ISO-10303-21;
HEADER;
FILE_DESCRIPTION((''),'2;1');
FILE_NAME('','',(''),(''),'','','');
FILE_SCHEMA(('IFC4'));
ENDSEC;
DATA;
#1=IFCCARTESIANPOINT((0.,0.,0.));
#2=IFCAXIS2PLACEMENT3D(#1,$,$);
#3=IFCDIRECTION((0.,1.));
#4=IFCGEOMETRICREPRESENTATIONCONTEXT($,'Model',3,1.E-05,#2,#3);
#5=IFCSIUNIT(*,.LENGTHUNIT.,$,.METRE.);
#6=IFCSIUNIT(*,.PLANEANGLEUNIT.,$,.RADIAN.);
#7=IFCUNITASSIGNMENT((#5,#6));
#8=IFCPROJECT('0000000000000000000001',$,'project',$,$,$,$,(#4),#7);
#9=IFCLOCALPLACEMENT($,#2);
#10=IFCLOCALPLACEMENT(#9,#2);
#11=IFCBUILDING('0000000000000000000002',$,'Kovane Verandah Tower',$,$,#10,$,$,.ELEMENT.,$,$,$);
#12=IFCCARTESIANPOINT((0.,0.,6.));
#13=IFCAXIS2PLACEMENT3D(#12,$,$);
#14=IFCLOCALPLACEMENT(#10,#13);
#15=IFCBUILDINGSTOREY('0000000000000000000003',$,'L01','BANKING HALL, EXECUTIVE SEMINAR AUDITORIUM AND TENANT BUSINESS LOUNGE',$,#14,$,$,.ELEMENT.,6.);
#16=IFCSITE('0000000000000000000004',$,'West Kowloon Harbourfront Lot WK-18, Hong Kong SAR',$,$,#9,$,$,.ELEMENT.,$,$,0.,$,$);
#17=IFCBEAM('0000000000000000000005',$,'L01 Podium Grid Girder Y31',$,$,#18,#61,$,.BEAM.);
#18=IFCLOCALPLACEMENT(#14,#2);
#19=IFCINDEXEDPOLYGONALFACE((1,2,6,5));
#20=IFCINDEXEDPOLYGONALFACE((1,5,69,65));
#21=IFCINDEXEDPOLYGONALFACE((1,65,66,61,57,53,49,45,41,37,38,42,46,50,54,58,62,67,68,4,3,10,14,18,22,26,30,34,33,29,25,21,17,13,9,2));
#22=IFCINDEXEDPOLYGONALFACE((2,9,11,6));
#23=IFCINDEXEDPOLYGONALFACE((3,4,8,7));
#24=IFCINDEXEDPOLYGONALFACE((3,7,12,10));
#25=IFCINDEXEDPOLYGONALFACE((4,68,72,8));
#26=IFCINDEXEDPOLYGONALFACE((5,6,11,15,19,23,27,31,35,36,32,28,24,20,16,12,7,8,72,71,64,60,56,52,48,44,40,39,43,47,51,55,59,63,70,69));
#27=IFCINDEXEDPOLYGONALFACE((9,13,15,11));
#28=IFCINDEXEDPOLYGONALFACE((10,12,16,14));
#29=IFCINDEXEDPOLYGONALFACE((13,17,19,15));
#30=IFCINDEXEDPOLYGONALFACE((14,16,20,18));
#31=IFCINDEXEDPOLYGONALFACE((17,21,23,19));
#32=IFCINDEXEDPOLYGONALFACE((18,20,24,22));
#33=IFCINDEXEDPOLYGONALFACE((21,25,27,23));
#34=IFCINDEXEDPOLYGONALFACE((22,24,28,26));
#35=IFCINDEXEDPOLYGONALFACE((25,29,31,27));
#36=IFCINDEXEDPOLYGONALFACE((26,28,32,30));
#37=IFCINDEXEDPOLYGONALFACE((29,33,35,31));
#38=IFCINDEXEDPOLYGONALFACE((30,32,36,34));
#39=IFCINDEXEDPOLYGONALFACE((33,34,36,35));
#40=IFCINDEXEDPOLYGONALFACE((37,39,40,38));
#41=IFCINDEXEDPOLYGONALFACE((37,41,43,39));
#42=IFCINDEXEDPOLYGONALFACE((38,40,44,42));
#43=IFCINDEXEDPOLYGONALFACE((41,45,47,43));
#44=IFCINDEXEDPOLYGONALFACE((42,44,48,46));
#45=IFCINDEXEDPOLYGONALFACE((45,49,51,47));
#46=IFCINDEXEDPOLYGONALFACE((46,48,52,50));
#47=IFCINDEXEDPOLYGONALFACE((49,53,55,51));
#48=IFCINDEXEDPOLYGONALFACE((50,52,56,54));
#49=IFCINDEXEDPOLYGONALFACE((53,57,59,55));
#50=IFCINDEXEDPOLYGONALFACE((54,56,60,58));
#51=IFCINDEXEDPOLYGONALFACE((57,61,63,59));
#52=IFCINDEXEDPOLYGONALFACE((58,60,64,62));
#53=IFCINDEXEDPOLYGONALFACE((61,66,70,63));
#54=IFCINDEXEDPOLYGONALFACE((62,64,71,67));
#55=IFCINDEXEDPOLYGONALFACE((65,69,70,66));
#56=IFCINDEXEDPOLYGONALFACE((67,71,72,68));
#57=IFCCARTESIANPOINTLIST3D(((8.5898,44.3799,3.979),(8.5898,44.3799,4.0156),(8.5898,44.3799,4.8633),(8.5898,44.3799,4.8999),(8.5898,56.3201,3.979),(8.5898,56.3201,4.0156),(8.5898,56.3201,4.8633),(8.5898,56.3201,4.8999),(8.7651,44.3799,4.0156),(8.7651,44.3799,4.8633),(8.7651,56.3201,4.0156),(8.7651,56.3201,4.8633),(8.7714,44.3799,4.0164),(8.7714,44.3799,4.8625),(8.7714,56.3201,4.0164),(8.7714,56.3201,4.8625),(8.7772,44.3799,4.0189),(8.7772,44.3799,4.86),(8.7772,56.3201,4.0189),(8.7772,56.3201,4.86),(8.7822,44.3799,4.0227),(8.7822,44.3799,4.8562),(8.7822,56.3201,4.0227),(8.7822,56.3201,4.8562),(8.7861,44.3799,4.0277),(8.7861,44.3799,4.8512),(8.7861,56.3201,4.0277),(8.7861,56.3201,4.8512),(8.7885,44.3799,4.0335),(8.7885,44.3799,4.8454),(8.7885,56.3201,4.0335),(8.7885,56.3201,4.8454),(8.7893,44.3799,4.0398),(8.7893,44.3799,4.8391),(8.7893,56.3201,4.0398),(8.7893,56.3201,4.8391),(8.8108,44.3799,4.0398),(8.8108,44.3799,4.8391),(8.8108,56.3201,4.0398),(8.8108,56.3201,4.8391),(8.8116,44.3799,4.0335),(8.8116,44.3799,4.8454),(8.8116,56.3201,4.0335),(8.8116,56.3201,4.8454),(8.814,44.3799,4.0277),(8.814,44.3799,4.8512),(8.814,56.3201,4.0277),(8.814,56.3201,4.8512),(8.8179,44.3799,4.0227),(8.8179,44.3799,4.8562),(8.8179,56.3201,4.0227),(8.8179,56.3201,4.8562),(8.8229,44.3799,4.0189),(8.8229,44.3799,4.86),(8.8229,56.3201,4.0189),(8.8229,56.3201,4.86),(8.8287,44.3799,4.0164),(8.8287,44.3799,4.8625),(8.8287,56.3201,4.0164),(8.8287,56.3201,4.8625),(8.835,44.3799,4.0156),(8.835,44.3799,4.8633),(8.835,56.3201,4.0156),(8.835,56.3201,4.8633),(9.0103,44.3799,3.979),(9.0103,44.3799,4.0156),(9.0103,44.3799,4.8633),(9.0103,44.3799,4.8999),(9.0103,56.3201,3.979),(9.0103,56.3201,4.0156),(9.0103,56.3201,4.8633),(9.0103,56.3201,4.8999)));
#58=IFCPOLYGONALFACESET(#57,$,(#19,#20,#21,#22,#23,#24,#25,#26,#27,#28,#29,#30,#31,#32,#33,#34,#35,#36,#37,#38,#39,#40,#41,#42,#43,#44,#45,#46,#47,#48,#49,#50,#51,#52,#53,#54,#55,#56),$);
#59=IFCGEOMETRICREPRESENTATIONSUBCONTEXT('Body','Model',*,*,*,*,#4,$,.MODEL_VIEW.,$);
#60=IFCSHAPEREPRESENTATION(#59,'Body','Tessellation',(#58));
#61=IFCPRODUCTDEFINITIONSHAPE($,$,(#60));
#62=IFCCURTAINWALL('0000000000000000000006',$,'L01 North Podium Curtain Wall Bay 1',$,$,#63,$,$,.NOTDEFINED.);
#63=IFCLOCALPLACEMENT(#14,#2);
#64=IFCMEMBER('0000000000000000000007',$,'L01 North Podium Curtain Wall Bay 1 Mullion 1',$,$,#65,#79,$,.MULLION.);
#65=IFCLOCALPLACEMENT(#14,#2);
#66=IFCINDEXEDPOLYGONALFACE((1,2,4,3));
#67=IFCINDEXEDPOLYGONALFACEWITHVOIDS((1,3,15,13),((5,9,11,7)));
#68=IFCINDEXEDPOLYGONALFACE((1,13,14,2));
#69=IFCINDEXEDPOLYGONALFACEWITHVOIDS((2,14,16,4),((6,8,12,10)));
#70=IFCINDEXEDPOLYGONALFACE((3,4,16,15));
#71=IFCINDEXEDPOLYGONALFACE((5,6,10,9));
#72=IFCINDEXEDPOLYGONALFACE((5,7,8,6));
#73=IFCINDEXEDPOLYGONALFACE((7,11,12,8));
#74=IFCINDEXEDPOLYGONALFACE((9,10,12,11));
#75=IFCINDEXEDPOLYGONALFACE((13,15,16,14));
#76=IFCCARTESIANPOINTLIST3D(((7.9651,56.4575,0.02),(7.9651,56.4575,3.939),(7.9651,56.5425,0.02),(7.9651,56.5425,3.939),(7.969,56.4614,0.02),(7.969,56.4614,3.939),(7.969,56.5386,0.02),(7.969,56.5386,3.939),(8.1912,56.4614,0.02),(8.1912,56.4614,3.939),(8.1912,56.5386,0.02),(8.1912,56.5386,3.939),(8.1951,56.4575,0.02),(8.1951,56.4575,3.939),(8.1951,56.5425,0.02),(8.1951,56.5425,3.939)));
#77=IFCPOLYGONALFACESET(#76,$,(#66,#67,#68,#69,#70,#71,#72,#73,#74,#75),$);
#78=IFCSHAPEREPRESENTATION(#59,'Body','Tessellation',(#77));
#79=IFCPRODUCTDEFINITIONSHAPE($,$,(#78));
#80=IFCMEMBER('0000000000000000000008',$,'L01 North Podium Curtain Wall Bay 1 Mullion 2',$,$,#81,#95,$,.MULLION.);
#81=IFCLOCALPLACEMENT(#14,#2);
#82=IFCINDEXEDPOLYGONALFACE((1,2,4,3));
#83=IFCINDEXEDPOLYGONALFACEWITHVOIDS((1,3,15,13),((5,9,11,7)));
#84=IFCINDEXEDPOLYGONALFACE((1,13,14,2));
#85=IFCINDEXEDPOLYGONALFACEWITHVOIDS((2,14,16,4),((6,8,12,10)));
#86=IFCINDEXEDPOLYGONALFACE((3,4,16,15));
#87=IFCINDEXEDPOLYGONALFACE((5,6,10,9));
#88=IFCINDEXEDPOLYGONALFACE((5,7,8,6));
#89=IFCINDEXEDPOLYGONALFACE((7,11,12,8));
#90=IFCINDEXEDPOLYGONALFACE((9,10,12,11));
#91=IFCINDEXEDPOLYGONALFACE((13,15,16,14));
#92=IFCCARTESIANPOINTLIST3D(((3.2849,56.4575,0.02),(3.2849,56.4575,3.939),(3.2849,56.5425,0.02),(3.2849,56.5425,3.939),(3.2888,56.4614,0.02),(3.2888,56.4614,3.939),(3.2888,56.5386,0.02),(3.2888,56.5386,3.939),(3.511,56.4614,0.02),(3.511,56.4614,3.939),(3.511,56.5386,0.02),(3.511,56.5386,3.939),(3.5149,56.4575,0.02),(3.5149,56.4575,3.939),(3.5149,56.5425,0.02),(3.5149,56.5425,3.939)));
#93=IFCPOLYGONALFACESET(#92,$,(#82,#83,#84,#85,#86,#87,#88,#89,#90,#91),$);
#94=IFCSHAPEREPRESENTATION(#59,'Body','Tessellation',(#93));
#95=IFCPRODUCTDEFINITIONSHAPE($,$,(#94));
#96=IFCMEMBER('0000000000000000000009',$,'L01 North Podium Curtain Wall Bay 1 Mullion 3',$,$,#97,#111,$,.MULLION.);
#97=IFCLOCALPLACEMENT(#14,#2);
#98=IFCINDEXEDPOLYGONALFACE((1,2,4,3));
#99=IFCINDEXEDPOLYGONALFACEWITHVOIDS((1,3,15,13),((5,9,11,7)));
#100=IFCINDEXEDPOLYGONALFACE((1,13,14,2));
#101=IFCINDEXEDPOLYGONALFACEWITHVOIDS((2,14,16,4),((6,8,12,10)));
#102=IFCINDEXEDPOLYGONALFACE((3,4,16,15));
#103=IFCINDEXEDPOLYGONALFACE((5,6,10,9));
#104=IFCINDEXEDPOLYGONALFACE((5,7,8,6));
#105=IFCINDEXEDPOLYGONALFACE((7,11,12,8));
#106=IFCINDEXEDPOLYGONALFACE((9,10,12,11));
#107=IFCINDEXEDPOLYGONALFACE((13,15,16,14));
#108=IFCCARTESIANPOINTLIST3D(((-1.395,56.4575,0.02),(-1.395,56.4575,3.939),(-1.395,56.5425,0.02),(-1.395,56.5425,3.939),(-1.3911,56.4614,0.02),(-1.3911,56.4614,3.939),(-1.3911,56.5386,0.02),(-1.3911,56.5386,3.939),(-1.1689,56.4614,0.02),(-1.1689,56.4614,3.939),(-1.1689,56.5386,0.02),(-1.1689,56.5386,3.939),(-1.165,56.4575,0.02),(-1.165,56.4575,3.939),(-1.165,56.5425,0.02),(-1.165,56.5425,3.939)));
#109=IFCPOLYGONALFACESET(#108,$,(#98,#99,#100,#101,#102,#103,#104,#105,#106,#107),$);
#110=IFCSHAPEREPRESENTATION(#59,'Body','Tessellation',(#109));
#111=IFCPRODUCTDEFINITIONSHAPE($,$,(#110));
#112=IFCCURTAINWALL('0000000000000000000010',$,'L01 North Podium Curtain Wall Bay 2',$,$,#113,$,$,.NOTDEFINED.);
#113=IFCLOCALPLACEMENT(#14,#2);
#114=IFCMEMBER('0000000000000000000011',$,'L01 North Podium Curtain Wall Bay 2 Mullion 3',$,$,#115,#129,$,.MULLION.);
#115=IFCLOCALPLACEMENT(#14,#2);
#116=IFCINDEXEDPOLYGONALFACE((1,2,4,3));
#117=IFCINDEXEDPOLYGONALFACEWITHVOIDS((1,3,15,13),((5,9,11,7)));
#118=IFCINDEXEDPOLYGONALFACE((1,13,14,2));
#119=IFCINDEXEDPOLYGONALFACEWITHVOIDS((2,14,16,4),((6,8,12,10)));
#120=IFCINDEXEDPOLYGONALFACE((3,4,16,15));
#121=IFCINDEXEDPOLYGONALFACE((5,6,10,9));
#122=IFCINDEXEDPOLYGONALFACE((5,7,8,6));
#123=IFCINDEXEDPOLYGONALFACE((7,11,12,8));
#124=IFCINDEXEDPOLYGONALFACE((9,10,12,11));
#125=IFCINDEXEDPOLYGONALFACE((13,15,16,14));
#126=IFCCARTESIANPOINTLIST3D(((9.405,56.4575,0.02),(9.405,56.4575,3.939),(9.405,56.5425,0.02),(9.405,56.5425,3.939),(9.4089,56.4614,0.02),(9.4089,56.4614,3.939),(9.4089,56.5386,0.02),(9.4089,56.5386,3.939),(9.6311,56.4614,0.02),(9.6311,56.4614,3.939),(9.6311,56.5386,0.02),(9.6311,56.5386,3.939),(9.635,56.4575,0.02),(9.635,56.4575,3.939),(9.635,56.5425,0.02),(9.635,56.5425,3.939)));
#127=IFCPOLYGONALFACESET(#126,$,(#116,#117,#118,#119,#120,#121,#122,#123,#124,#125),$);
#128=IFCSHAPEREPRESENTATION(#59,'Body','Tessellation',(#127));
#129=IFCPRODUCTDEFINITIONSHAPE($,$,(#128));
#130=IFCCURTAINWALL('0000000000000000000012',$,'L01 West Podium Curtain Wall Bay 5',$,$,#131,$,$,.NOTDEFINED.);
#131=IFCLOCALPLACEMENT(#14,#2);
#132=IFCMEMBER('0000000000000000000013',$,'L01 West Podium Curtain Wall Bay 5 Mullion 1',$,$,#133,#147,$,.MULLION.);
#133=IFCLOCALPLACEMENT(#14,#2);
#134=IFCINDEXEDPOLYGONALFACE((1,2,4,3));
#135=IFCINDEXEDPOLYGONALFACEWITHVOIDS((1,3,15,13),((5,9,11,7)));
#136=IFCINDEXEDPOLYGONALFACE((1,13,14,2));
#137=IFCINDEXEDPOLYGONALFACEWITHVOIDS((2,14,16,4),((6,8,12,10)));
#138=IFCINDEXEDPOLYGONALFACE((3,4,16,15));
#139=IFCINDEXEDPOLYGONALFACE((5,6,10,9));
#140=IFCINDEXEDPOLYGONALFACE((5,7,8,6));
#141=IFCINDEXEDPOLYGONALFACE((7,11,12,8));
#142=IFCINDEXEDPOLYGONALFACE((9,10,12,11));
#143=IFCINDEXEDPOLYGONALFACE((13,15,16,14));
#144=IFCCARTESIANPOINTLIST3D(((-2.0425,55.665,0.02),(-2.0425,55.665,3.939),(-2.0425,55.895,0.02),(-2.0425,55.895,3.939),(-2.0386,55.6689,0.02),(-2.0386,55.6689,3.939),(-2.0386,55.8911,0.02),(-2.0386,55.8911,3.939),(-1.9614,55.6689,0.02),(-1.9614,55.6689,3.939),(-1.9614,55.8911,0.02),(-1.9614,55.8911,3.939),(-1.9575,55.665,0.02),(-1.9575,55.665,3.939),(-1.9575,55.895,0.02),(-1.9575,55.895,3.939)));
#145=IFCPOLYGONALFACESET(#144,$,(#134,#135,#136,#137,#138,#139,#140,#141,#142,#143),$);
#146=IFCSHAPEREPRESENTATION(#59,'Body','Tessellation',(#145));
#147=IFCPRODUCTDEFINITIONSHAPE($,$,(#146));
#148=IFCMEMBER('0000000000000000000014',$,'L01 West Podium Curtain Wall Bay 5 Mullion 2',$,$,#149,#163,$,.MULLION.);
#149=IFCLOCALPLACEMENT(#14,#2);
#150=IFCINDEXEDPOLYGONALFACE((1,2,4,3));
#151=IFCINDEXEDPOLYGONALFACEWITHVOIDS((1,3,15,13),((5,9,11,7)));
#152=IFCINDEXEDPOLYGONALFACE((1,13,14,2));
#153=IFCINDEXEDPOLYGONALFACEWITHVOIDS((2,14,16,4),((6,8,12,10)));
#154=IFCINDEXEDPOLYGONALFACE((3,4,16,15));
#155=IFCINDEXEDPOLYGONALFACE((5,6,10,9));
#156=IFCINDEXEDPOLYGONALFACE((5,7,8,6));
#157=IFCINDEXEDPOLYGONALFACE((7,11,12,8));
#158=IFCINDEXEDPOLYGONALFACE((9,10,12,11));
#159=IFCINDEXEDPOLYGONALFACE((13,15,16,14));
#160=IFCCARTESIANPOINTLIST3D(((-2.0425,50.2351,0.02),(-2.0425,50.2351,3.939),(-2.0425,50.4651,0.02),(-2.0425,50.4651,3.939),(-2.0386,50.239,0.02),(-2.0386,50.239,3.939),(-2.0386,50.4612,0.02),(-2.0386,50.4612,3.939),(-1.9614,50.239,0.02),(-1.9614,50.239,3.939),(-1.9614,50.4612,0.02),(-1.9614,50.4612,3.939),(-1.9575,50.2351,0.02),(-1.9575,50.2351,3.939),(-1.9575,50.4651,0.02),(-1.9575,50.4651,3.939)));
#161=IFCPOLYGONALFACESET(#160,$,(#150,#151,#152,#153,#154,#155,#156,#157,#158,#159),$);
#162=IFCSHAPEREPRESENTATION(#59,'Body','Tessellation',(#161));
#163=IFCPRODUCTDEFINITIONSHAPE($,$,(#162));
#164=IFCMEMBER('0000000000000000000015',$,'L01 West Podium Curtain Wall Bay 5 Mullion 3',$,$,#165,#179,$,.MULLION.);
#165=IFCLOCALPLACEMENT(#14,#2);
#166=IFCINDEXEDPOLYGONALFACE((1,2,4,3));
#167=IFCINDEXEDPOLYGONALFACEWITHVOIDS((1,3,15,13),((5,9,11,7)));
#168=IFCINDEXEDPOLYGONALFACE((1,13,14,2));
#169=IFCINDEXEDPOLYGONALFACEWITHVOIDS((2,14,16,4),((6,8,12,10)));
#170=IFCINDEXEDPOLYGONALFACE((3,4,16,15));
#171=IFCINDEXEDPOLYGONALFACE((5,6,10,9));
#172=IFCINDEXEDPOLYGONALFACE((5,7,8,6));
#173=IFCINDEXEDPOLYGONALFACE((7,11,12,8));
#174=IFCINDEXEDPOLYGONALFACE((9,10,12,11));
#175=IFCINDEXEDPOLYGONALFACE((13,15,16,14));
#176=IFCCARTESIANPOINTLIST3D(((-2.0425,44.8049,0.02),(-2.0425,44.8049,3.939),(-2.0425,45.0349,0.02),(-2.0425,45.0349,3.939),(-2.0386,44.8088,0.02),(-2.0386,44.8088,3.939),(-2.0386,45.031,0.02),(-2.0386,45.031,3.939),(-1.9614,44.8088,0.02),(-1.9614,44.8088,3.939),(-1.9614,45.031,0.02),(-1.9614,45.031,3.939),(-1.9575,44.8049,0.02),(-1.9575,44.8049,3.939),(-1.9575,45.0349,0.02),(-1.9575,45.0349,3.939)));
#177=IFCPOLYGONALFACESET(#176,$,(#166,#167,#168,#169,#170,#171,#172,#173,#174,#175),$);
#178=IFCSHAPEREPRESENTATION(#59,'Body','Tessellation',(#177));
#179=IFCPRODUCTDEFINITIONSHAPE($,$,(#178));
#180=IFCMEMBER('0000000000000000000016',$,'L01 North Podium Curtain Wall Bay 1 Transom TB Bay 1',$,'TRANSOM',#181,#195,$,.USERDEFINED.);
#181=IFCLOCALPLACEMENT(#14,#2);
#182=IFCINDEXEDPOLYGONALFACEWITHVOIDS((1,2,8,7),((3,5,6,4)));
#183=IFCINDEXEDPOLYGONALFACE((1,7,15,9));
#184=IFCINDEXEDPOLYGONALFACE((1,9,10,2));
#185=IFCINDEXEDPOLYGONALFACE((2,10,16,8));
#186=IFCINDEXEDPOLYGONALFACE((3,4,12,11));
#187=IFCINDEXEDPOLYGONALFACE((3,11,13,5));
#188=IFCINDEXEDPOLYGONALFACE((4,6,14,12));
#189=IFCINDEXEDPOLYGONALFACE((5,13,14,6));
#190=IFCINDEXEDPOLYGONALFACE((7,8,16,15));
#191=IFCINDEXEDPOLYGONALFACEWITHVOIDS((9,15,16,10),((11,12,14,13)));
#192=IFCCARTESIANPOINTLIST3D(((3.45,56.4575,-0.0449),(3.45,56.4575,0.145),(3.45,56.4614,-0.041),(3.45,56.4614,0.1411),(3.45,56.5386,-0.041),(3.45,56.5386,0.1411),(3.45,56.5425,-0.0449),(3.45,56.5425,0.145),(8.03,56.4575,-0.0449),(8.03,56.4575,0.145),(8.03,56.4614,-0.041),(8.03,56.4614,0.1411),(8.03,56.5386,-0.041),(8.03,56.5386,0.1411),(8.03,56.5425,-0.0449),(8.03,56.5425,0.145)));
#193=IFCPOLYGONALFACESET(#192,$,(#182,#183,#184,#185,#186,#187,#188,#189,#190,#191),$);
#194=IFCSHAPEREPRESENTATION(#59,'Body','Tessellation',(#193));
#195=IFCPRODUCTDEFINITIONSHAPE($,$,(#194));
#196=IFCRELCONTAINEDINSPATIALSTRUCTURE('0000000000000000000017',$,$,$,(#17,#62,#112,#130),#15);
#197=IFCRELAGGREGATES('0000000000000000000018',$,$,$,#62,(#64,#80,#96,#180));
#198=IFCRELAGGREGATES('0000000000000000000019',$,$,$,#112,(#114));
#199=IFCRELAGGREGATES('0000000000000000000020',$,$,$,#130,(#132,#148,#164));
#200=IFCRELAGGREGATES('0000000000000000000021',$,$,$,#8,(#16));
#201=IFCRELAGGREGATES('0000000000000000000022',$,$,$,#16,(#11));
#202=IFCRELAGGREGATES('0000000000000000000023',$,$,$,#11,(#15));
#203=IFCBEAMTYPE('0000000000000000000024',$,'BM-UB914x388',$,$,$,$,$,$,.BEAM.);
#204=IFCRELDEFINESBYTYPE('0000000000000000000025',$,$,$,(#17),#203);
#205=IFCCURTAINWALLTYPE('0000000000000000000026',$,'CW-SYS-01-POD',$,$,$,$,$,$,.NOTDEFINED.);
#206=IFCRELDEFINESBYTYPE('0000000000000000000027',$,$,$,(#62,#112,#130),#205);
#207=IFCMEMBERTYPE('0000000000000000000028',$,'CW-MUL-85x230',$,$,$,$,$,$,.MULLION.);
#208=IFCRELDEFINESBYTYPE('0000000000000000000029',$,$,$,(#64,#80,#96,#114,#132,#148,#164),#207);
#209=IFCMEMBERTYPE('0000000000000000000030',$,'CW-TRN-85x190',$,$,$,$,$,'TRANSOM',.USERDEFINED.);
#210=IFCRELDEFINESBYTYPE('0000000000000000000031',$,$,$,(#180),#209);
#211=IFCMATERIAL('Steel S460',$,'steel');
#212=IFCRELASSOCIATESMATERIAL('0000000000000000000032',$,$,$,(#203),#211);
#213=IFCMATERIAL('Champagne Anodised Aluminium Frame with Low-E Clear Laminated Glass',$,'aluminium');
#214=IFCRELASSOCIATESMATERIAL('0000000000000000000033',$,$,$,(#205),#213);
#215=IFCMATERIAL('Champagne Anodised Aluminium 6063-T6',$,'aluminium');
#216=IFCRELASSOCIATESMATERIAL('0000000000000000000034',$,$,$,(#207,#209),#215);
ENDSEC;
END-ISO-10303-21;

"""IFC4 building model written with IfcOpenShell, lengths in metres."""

from ifc_helpers import new_model, si_unit, direction, frame, origin, origin_2d, place, context, subcontext, project, spatial, hollow_rectangle, i_section, extrude, material, material_profile, profile_set, type_object, element, aggregate, save


model = new_model("IFC4")

# Units and contexts
model_context = context("Model", 3, precision=1e-05, world=origin(), true_north=direction((0.0, 1.0)))
body_context = subcontext(model_context, "Body", "Model", "MODEL_VIEW")
ifc_project = project(units=[si_unit("LENGTHUNIT", "METRE"), si_unit("PLANEANGLEUNIT", "RADIAN")], contexts=[model_context])

# Site, building, storey
site_placement = place(None, origin())
site = spatial("IfcSite", under=ifc_project, at=site_placement, Name="West Kowloon Harbourfront Lot WK-18, Hong Kong SAR", CompositionType="ELEMENT", RefElevation=0.0)
building_placement = place(site_placement, origin())
building = spatial("IfcBuilding", under=site, at=building_placement, Name="Kovane Verandah Tower", CompositionType="ELEMENT")
storey_placement = place(building_placement, frame((0.0, 0.0, 6.0)))
storey = spatial("IfcBuildingStorey", under=building, at=storey_placement, Name="L01", Description="BANKING HALL, EXECUTIVE SEMINAR AUDITORIUM AND TENANT BUSINESS LOUNGE", CompositionType="ELEMENT", Elevation=6.0)

# Beam
ifc_material_1 = material(Name="Steel S460", Category="steel")
ifc_material_profile_1 = material_profile(ifc_material_1, i_section(OverallWidth=0.4204, OverallDepth=0.9209, WebThickness=0.0215, FlangeThickness=0.0366, FilletRadius=0.0242, at=origin_2d()), Name="UB914x419x388")
ifc_profile_set_1 = profile_set([ifc_material_profile_1], Name="Steel S460")
beam_type_1 = type_object("IfcBeamType", Name="BM-UB914x388", PredefinedType="BEAM", material=ifc_profile_set_1)
for number, where, z_axis, x_axis, name in (
    (1, (8.8, 44.3799, 4.4395), (0.0, 1.0, 0.0), (-1.0, 0.0, 0.0), "L01 Podium Grid Girder Y31"),
):
    element("IfcBeam", number, at=place(storey_placement, frame(where, z_axis=z_axis, x_axis=x_axis)), inside=storey, type_object=beam_type_1, Name=name, PredefinedType="BEAM", context=body_context, shape_type="SweptSolid", body=[
        extrude(i_section(OverallWidth=0.4204, OverallDepth=0.9209, WebThickness=0.0215, FlangeThickness=0.0366, FilletRadius=0.0242, at=origin_2d()), origin(), (0.0, 0.0, 1.0), 11.9402),
    ])

# Curtain wall, members
ifc_material_2 = material(Name="Champagne Anodised Aluminium Frame with Low-E Clear Laminated Glass", Category="aluminium")
curtain_wall_type = type_object("IfcCurtainWallType", Name="CW-SYS-01-POD", PredefinedType="NOTDEFINED", material=ifc_material_2)
curtain_wall_1_placement = place(storey_placement, origin())
curtain_wall_1 = element("IfcCurtainWall", 2, at=curtain_wall_1_placement, inside=storey, type_object=curtain_wall_type, Name="L01 North Podium Curtain Wall Bay 1", PredefinedType="NOTDEFINED")
ifc_material_3 = material(Name="Champagne Anodised Aluminium 6063-T6", Category="aluminium")
ifc_material_profile_2 = material_profile(ifc_material_3, hollow_rectangle(XDim=0.085, YDim=0.23, WallThickness=0.0039, at=origin_2d()), Name="AL85x230x4")
ifc_profile_set_2 = profile_set([ifc_material_profile_2], Name="Champagne Anodised Aluminium 6063-T6")
member_type_1 = type_object("IfcMemberType", Name="CW-MUL-85x230", PredefinedType="MULLION", material=ifc_profile_set_2)
member_1_placement = place(storey_placement, frame((8.0801, 56.5, 0.02), z_axis=(0.0, 0.0, 1.0), x_axis=(0.0, 1.0, 0.0)))
member_1 = element("IfcMember", 3, at=member_1_placement, type_object=member_type_1, Name="L01 North Podium Curtain Wall Bay 1 Mullion 1", PredefinedType="MULLION", context=body_context, shape_type="SweptSolid", body=[
    extrude(hollow_rectangle(XDim=0.085, YDim=0.23, WallThickness=0.0039, at=origin_2d()), origin(), (0.0, 0.0, 1.0), 3.9189),
])
member_2_placement = place(storey_placement, frame((3.3999, 56.5, 0.02), z_axis=(0.0, 0.0, 1.0), x_axis=(0.0, 1.0, 0.0)))
member_2 = element("IfcMember", 4, at=member_2_placement, type_object=member_type_1, Name="L01 North Podium Curtain Wall Bay 1 Mullion 2", PredefinedType="MULLION", context=body_context, shape_type="SweptSolid", body=[
    extrude(hollow_rectangle(XDim=0.085, YDim=0.23, WallThickness=0.0039, at=origin_2d()), origin(), (0.0, 0.0, 1.0), 3.9189),
])
member_3_placement = place(storey_placement, frame((-1.28, 56.5, 0.02), z_axis=(0.0, 0.0, 1.0), x_axis=(0.0, 1.0, 0.0)))
member_3 = element("IfcMember", 5, at=member_3_placement, type_object=member_type_1, Name="L01 North Podium Curtain Wall Bay 1 Mullion 3", PredefinedType="MULLION", context=body_context, shape_type="SweptSolid", body=[
    extrude(hollow_rectangle(XDim=0.085, YDim=0.23, WallThickness=0.0039, at=origin_2d()), origin(), (0.0, 0.0, 1.0), 3.9189),
])

# Curtain wall, member
curtain_wall_2_placement = place(storey_placement, origin())
curtain_wall_2 = element("IfcCurtainWall", 6, at=curtain_wall_2_placement, inside=storey, type_object=curtain_wall_type, Name="L01 North Podium Curtain Wall Bay 2", PredefinedType="NOTDEFINED")
member_4_placement = place(storey_placement, frame((9.52, 56.5, 0.02), z_axis=(0.0, 0.0, 1.0), x_axis=(0.0, 1.0, 0.0)))
member_4 = element("IfcMember", 7, at=member_4_placement, type_object=member_type_1, Name="L01 North Podium Curtain Wall Bay 2 Mullion 3", PredefinedType="MULLION", context=body_context, shape_type="SweptSolid", body=[
    extrude(hollow_rectangle(XDim=0.085, YDim=0.23, WallThickness=0.0039, at=origin_2d()), origin(), (0.0, 0.0, 1.0), 3.9189),
])

# Curtain wall, members
curtain_wall_3_placement = place(storey_placement, origin())
curtain_wall_3 = element("IfcCurtainWall", 8, at=curtain_wall_3_placement, inside=storey, type_object=curtain_wall_type, Name="L01 West Podium Curtain Wall Bay 5", PredefinedType="NOTDEFINED")
member_5_placement = place(storey_placement, frame((-2.0, 55.78, 0.02), z_axis=(0.0, 0.0, 1.0), x_axis=(-1.0, 0.0, 0.0)))
member_5 = element("IfcMember", 9, at=member_5_placement, type_object=member_type_1, Name="L01 West Podium Curtain Wall Bay 5 Mullion 1", PredefinedType="MULLION", context=body_context, shape_type="SweptSolid", body=[
    extrude(hollow_rectangle(XDim=0.085, YDim=0.23, WallThickness=0.0039, at=origin_2d()), origin(), (0.0, 0.0, 1.0), 3.9189),
])
member_6_placement = place(storey_placement, frame((-2.0, 50.3501, 0.02), z_axis=(0.0, 0.0, 1.0), x_axis=(-1.0, 0.0, 0.0)))
member_6 = element("IfcMember", 10, at=member_6_placement, type_object=member_type_1, Name="L01 West Podium Curtain Wall Bay 5 Mullion 2", PredefinedType="MULLION", context=body_context, shape_type="SweptSolid", body=[
    extrude(hollow_rectangle(XDim=0.085, YDim=0.23, WallThickness=0.0039, at=origin_2d()), origin(), (0.0, 0.0, 1.0), 3.9189),
])
member_7_placement = place(storey_placement, frame((-2.0, 44.9199, 0.02), z_axis=(0.0, 0.0, 1.0), x_axis=(-1.0, 0.0, 0.0)))
member_7 = element("IfcMember", 11, at=member_7_placement, type_object=member_type_1, Name="L01 West Podium Curtain Wall Bay 5 Mullion 3", PredefinedType="MULLION", context=body_context, shape_type="SweptSolid", body=[
    extrude(hollow_rectangle(XDim=0.085, YDim=0.23, WallThickness=0.0039, at=origin_2d()), origin(), (0.0, 0.0, 1.0), 3.9189),
])

# Member
ifc_material_profile_3 = material_profile(ifc_material_3, hollow_rectangle(XDim=0.085, YDim=0.1899, WallThickness=0.0039, at=origin_2d()), Name="AL85x190x4")
ifc_profile_set_3 = profile_set([ifc_material_profile_3], Name="Champagne Anodised Aluminium 6063-T6")
member_type_2 = type_object("IfcMemberType", Name="CW-TRN-85x190", ElementType="TRANSOM", PredefinedType="USERDEFINED", material=ifc_profile_set_3)
member_8_placement = place(storey_placement, frame((8.03, 56.5, 0.05), z_axis=(-1.0, 0.0, 0.0), x_axis=(0.0, -1.0, 0.0)))
member_8 = element("IfcMember", 12, at=member_8_placement, type_object=member_type_2, Name="L01 North Podium Curtain Wall Bay 1 Transom TB Bay 1", ObjectType="TRANSOM", PredefinedType="USERDEFINED", context=body_context, shape_type="SweptSolid", body=[
    extrude(hollow_rectangle(XDim=0.085, YDim=0.1899, WallThickness=0.0039, at=origin_2d()), origin(), (0.0, 0.0, 1.0), 4.5801),
])

aggregate(curtain_wall_1, [member_1, member_2, member_3, member_8])
aggregate(curtain_wall_2, [member_4])
aggregate(curtain_wall_3, [member_5, member_6, member_7])

save(model, "model.ifc")
